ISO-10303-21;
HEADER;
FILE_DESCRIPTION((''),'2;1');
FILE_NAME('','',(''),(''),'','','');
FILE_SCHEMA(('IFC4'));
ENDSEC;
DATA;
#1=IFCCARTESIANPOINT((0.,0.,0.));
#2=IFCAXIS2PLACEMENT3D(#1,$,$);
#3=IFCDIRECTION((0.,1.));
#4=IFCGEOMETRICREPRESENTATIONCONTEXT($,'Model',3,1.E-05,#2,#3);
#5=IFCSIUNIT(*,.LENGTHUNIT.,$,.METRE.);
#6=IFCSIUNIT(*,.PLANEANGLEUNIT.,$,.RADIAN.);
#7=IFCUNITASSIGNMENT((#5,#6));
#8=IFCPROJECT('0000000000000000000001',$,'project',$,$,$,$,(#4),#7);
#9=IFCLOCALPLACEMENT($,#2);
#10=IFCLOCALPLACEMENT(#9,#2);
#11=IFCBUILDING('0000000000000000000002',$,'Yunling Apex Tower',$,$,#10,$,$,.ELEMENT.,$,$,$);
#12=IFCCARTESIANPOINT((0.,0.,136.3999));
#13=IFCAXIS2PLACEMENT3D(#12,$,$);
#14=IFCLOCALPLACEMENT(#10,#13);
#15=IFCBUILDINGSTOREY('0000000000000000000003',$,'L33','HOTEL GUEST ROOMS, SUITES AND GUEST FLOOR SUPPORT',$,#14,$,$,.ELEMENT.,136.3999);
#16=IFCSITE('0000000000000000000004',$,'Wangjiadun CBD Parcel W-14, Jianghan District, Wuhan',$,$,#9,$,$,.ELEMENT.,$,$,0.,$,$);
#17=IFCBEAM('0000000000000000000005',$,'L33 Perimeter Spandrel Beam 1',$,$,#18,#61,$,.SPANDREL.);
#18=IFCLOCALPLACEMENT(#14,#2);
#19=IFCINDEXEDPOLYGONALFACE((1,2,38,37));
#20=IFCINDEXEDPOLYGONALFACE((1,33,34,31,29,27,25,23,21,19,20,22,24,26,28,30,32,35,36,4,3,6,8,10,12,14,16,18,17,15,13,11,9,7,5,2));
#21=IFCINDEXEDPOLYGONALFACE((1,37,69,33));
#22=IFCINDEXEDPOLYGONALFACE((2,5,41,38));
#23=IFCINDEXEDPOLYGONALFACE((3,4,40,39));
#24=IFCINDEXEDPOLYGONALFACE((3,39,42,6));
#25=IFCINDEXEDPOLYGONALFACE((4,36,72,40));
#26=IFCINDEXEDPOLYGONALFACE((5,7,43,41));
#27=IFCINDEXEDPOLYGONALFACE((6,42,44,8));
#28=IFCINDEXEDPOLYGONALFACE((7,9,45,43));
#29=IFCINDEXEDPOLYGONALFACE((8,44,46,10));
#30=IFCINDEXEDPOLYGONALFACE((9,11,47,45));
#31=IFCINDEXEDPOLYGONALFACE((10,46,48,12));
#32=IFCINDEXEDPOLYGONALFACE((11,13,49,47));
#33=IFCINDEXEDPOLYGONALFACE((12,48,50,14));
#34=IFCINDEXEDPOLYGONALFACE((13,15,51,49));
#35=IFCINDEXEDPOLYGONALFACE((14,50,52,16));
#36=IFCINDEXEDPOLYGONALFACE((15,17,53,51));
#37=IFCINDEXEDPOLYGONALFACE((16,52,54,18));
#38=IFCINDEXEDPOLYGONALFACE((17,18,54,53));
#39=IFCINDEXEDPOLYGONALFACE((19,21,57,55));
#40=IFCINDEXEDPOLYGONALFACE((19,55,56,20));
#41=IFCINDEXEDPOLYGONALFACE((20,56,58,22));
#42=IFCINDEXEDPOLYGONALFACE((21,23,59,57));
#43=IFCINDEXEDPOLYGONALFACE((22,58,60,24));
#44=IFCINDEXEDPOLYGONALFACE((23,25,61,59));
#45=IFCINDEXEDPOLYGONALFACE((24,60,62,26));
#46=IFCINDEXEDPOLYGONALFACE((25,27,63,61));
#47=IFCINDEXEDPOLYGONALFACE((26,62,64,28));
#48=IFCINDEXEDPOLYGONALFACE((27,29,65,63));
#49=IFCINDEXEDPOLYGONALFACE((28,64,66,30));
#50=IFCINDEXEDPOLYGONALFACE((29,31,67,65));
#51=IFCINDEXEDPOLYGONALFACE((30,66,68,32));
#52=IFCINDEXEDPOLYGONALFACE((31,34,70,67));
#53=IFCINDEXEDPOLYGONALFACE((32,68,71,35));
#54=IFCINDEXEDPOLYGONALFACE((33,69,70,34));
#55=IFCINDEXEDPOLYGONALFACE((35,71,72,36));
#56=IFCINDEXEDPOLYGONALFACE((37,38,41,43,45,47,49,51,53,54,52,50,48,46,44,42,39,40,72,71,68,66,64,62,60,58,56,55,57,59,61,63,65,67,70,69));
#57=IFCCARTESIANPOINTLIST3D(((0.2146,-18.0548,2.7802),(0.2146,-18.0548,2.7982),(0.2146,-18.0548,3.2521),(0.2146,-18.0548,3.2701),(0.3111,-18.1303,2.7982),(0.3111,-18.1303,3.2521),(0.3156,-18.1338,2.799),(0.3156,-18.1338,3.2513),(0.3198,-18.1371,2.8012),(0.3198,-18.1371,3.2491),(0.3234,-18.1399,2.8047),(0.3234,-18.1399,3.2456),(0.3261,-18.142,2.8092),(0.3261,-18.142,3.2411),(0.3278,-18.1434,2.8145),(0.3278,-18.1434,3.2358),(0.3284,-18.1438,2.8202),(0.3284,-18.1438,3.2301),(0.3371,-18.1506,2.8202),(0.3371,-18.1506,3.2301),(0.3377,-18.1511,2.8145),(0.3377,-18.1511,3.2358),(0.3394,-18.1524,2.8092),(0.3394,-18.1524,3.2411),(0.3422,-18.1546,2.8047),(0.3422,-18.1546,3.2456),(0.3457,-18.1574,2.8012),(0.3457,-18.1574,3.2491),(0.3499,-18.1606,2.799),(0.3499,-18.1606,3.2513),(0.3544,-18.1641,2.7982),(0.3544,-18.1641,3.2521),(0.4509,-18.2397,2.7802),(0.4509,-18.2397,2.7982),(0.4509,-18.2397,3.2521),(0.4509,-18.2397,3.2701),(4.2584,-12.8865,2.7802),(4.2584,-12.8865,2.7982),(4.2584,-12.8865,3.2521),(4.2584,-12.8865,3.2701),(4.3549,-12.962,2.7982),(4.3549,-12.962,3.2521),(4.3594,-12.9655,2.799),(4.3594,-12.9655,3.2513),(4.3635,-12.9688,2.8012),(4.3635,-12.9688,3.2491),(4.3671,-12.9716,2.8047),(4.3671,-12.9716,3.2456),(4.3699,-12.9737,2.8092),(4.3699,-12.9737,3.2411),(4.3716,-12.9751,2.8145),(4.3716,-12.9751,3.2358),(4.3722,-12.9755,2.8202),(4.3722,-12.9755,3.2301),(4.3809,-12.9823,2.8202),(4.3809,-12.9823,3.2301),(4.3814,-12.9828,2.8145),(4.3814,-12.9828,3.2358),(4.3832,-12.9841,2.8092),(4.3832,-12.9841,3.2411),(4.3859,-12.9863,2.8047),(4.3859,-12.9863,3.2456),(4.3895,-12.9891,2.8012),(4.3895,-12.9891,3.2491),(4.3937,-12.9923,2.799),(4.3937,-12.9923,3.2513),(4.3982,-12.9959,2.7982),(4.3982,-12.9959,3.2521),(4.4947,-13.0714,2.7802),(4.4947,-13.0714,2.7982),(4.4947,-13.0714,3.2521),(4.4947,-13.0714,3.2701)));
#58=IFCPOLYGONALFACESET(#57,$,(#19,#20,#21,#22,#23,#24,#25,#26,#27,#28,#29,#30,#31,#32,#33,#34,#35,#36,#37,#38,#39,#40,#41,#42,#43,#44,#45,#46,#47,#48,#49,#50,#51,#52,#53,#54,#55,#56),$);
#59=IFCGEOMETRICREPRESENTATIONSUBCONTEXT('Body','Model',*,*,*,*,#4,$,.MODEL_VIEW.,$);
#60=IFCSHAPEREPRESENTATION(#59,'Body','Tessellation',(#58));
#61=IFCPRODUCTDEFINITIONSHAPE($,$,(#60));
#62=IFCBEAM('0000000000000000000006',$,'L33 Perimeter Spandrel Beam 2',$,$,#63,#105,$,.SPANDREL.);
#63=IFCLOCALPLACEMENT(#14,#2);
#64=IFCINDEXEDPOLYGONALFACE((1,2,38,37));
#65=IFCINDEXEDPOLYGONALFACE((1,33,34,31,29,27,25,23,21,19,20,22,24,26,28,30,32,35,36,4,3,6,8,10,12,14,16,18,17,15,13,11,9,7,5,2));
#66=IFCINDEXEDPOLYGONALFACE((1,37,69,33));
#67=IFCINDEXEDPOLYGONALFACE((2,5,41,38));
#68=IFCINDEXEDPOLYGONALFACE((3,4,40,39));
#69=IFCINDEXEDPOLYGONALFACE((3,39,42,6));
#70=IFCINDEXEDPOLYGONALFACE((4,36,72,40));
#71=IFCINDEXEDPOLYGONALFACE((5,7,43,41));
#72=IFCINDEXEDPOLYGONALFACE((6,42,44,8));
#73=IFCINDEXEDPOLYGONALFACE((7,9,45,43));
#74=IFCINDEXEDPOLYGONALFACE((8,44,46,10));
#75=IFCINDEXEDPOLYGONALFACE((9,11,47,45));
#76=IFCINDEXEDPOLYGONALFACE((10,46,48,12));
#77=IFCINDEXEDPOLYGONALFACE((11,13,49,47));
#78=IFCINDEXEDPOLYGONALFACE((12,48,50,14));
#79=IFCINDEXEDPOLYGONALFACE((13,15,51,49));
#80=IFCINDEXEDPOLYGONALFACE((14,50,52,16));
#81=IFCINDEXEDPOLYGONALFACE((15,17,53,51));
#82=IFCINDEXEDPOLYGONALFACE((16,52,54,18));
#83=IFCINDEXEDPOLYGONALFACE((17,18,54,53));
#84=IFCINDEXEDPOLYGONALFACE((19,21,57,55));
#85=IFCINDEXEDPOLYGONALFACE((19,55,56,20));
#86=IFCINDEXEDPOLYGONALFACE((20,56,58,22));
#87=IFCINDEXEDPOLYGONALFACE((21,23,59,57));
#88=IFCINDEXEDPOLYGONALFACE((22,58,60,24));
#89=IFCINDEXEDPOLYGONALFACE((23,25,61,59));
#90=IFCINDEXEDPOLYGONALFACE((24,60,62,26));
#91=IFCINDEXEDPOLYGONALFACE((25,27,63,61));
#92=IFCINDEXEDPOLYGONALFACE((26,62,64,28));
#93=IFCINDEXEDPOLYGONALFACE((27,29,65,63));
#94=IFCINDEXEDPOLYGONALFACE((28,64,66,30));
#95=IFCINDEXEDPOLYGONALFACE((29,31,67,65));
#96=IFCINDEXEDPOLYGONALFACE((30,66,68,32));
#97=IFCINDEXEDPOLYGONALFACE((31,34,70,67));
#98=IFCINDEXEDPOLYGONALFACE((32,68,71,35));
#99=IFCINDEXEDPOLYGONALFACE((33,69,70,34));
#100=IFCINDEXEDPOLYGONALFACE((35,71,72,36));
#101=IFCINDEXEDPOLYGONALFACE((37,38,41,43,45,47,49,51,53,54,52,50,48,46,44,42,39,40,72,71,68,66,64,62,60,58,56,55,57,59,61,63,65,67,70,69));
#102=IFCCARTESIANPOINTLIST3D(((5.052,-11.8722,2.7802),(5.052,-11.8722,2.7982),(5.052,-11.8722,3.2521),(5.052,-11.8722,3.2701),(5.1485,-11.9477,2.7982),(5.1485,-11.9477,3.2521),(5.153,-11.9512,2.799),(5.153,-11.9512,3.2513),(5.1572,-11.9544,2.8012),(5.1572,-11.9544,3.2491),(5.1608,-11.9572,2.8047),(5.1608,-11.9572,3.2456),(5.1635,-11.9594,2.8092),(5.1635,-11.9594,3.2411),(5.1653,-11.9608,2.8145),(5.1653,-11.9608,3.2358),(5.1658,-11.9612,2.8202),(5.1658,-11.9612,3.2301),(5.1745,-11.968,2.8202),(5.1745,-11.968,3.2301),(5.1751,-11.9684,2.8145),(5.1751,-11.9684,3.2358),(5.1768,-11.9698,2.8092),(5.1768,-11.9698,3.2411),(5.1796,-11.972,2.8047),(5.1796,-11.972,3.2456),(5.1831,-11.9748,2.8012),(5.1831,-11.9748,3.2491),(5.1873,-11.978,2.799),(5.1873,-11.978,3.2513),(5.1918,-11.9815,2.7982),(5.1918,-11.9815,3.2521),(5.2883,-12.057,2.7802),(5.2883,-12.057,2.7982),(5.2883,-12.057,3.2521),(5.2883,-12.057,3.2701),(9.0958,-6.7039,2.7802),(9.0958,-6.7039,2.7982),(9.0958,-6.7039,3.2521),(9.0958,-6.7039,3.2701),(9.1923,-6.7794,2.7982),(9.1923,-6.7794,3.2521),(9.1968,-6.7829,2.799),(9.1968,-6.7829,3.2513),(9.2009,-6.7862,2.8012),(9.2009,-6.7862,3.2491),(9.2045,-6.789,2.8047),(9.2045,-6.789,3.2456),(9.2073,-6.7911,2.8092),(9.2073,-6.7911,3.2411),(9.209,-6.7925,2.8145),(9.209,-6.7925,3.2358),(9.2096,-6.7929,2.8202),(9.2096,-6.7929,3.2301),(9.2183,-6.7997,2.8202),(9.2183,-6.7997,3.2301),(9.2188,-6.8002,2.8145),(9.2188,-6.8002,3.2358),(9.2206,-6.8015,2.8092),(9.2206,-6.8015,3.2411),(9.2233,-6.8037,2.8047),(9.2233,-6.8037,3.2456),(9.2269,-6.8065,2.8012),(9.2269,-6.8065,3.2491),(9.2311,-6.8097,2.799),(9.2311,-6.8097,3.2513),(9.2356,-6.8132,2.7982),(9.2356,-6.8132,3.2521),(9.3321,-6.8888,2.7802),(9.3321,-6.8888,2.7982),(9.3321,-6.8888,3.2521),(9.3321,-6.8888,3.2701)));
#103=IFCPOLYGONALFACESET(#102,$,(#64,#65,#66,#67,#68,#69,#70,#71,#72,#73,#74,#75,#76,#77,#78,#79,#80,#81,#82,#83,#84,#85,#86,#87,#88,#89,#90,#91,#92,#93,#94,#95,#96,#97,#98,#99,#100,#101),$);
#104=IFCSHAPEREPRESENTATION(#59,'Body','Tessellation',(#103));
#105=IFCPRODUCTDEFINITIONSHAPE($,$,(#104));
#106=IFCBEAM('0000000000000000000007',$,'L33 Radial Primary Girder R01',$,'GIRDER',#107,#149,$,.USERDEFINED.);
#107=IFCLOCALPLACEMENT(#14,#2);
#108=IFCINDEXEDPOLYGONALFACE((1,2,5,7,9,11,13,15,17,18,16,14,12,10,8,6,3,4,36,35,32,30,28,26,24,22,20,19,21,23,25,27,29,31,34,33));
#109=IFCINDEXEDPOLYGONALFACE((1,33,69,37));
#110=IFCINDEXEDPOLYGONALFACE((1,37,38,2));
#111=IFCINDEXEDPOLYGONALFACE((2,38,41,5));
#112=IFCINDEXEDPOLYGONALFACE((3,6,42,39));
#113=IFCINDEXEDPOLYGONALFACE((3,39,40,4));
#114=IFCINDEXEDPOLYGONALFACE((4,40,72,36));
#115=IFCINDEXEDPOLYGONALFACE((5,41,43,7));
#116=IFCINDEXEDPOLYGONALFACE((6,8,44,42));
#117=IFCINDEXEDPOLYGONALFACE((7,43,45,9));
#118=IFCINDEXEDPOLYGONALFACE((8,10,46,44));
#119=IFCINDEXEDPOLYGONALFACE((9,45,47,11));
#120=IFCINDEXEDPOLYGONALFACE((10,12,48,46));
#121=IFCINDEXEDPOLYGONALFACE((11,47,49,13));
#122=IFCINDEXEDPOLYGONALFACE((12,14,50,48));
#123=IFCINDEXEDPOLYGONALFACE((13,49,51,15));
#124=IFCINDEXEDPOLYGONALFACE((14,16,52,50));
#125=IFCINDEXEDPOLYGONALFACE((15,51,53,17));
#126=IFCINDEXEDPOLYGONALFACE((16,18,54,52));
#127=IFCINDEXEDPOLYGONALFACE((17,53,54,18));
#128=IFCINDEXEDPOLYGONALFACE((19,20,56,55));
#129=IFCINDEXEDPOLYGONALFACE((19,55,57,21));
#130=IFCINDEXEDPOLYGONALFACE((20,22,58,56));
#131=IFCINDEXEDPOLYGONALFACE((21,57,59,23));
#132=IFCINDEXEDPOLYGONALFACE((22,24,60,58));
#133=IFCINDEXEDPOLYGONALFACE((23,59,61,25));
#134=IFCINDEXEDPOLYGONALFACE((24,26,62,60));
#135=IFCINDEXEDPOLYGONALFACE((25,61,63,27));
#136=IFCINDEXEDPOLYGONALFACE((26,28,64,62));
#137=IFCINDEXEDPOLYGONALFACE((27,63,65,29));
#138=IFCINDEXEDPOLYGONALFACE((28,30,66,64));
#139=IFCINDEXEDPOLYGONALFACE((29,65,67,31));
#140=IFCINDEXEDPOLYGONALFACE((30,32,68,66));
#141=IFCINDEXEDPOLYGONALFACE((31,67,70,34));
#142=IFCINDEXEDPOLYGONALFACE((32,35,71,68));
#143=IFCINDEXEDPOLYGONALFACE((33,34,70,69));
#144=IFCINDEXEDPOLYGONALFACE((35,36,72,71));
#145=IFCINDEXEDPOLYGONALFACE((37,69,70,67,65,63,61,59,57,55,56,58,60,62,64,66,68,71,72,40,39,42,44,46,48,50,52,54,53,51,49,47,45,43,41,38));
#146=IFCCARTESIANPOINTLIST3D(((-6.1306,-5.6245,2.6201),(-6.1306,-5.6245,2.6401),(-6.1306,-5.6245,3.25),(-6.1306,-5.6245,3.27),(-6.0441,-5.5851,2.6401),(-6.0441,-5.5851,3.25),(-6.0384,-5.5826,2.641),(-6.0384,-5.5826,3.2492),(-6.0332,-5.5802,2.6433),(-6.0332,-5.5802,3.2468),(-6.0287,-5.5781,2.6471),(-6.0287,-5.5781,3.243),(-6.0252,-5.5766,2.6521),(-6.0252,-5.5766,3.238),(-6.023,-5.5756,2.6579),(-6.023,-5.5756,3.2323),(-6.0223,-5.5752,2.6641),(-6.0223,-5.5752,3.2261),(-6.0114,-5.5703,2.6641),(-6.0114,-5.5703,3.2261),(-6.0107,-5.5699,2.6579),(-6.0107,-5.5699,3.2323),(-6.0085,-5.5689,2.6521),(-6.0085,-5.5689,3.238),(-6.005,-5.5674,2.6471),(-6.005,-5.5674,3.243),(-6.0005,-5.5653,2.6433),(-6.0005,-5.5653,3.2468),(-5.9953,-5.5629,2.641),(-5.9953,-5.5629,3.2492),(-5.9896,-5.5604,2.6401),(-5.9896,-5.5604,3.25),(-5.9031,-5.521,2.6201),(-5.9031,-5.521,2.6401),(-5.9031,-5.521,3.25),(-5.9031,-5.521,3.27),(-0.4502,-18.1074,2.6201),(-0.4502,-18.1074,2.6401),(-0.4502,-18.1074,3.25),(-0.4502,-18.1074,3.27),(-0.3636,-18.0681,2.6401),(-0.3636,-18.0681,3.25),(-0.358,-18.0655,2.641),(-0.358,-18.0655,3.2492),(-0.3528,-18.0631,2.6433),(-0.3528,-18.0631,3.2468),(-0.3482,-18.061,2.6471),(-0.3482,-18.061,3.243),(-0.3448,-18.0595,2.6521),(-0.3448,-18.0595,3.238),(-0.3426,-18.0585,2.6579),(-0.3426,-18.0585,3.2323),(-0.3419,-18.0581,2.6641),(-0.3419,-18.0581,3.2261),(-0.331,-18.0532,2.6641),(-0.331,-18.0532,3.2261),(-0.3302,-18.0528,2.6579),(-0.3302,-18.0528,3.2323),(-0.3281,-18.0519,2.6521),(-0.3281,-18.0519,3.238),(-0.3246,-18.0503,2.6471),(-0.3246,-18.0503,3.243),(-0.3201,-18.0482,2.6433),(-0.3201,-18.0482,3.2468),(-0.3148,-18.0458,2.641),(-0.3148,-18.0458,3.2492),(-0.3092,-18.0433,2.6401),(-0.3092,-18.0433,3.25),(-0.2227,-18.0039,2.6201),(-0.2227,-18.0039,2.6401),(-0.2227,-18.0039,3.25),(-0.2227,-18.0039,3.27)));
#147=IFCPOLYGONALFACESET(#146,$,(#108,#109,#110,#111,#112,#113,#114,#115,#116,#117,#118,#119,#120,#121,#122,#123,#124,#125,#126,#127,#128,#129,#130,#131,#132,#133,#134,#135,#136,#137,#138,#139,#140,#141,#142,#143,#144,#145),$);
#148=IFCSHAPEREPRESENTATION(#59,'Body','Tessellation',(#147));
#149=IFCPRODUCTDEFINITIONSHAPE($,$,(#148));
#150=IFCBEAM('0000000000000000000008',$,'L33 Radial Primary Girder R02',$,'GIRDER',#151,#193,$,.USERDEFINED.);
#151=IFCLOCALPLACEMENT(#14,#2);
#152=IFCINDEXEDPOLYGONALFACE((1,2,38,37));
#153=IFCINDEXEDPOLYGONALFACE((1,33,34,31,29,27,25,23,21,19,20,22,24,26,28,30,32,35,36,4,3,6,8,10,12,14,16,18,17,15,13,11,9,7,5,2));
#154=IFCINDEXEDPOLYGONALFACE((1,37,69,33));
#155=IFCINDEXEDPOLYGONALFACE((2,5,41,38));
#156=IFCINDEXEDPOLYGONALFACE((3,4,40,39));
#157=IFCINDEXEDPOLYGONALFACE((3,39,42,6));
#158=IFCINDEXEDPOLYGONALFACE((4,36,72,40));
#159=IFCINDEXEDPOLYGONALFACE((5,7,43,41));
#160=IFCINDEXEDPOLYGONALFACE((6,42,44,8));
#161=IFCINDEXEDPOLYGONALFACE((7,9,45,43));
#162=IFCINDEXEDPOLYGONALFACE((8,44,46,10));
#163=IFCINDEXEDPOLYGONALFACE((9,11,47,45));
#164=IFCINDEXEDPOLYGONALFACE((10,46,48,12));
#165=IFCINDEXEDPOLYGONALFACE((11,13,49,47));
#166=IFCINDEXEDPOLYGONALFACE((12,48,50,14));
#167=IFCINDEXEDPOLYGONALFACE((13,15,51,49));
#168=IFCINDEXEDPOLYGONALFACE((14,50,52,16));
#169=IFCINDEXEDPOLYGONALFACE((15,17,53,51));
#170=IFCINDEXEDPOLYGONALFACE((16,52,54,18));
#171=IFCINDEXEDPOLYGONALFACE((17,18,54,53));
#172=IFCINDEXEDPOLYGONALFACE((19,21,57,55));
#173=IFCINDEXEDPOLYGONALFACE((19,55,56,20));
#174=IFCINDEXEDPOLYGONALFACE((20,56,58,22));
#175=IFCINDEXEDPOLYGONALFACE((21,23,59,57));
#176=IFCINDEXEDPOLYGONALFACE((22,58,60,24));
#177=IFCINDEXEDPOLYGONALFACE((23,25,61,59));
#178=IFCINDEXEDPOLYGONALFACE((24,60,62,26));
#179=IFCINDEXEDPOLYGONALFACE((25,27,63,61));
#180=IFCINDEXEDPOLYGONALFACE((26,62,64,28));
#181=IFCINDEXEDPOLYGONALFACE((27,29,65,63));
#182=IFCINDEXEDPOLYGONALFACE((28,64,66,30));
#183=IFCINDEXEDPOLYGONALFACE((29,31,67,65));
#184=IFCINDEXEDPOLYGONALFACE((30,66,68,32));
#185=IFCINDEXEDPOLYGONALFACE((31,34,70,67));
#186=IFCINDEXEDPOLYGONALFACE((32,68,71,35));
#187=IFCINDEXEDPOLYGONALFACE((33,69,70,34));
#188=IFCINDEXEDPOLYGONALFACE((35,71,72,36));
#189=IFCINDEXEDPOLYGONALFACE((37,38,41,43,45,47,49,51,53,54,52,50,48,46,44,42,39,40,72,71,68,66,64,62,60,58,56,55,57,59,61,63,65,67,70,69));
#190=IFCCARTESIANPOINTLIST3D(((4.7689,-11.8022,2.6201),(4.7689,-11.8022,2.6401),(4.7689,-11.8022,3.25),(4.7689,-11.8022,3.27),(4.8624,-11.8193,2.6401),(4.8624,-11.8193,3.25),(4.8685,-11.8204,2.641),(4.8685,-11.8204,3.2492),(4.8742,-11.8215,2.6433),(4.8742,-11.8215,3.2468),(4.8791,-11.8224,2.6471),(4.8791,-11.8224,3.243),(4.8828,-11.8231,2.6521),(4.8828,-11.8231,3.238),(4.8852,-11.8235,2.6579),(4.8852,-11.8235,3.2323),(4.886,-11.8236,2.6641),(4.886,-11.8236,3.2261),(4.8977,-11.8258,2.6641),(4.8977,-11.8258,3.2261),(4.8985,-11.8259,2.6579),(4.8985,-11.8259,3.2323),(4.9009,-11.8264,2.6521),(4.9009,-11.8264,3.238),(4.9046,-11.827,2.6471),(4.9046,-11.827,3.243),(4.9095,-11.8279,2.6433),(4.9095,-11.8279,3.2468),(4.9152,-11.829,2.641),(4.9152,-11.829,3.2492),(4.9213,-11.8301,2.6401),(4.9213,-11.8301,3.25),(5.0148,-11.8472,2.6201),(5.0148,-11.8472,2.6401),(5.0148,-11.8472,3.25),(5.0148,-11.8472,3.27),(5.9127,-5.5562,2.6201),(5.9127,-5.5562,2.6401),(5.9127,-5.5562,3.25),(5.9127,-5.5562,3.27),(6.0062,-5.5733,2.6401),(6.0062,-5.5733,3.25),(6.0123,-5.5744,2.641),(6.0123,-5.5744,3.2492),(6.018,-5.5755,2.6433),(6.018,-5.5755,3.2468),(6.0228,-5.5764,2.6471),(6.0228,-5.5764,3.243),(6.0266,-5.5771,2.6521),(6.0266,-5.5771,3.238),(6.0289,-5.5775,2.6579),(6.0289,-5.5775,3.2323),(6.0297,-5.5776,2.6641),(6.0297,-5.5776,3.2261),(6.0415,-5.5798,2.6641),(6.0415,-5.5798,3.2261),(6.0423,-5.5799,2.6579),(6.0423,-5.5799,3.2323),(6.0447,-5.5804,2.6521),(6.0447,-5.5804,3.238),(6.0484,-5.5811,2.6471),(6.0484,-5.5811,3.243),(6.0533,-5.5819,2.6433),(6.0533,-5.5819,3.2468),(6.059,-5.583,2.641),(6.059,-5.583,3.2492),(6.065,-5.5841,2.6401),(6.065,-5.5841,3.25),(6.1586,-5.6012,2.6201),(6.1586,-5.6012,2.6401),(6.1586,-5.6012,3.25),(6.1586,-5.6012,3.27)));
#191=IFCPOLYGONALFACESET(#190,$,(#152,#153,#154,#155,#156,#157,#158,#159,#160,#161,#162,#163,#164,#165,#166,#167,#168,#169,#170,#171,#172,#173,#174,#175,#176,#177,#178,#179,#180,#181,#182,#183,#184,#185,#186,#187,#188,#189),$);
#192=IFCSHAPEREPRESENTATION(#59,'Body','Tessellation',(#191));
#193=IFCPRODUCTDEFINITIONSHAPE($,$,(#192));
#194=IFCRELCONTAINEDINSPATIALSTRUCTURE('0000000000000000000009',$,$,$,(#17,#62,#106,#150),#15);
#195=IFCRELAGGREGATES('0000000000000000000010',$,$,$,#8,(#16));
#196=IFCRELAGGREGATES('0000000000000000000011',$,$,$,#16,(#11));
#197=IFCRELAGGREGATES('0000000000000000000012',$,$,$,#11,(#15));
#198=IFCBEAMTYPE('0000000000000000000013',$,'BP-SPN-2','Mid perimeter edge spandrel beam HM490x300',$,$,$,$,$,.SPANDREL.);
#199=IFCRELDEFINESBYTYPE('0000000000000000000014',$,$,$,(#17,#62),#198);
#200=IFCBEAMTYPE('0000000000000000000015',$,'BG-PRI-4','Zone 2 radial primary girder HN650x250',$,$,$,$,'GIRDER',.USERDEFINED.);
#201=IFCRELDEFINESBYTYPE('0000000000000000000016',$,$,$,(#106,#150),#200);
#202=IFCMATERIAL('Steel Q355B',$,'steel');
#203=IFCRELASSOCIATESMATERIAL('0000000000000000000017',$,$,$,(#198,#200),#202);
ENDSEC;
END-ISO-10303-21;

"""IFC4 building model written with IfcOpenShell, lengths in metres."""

from ifc_helpers import new_model, si_unit, direction, frame, origin, origin_2d, place, context, subcontext, project, spatial, i_section, extrude, source, transform, mapped, material, material_profile, profile_set, type_object, element, save


model = new_model("IFC4")

# Units and contexts
model_context = context("Model", 3, precision=1e-05, world=origin(), true_north=direction((0.0, 1.0)))
body_context = subcontext(model_context, "Body", "Model", "MODEL_VIEW")
ifc_project = project(units=[si_unit("LENGTHUNIT", "METRE"), si_unit("PLANEANGLEUNIT", "RADIAN")], contexts=[model_context])

# Site, building, storey
site_placement = place(None, origin())
site = spatial("IfcSite", under=ifc_project, at=site_placement, Name="Wangjiadun CBD Parcel W-14, Jianghan District, Wuhan", CompositionType="ELEMENT", RefElevation=0.0)
building_placement = place(site_placement, origin())
building = spatial("IfcBuilding", under=site, at=building_placement, Name="Yunling Apex Tower", CompositionType="ELEMENT")
storey_placement = place(building_placement, frame((0.0, 0.0, 136.3999)))
storey = spatial("IfcBuildingStorey", under=building, at=storey_placement, Name="L33", Description="HOTEL GUEST ROOMS, SUITES AND GUEST FLOOR SUPPORT", CompositionType="ELEMENT", Elevation=136.3999)

# Beams
ifc_material_1 = material(Name="Steel Q355B", Category="steel")
ifc_material_profile_1 = material_profile(ifc_material_1, i_section(OverallWidth=0.3, OverallDepth=0.49, WebThickness=0.011, FlangeThickness=0.0181, FilletRadius=0.022, at=origin_2d()))
ifc_profile_set_1 = profile_set([ifc_material_profile_1], Name="Steel Q355B")
beam_type_1 = type_object("IfcBeamType", Name="BP-SPN-2", Description="Mid perimeter edge spandrel beam HM490x300", PredefinedType="SPANDREL", material=ifc_profile_set_1)
shared_shape_1 = source(origin(), body_context, "Body", "SweptSolid", [
    extrude(i_section(OverallWidth=0.3, OverallDepth=0.49, WebThickness=0.011, FlangeThickness=0.0181, FilletRadius=0.022, at=origin_2d()), origin(), (0.0, 0.0, 1.0), 6.5623),
])
for number, where, z_axis, x_axis, name in (
    (1, (0.3328, -18.1472, 3.0251), (0.616215, 0.787578, 0.0), (-0.787578, 0.616215, 0.0), "L33 Perimeter Spandrel Beam 1"),
    (2, (5.1702, -11.9646, 3.0251), (0.616215, 0.787578, 0.0), (-0.787578, 0.616215, 0.0), "L33 Perimeter Spandrel Beam 2"),
):
    element("IfcBeam", number, at=place(storey_placement, frame(where, z_axis=z_axis, x_axis=x_axis)), inside=storey, type_object=beam_type_1, Name=name, PredefinedType="SPANDREL", context=body_context, shape_type="MappedRepresentation", body=[
        mapped(shared_shape_1, transform((0.0, 0.0, 0.0), scale=1.0)),
    ])
ifc_material_profile_2 = material_profile(ifc_material_1, i_section(OverallWidth=0.25, OverallDepth=0.6499, WebThickness=0.012, FlangeThickness=0.02, FilletRadius=0.0239, at=origin_2d()))
ifc_profile_set_2 = profile_set([ifc_material_profile_2], Name="Steel Q355B")
beam_type_2 = type_object("IfcBeamType", Name="BG-PRI-4", Description="Zone 2 radial primary girder HN650x250", ElementType="GIRDER", PredefinedType="USERDEFINED", material=ifc_profile_set_2)
shared_shape_2 = source(origin(), body_context, "Body", "SweptSolid", [
    extrude(i_section(OverallWidth=0.25, OverallDepth=0.6499, WebThickness=0.012, FlangeThickness=0.02, FilletRadius=0.0239, at=origin_2d()), origin(), (0.0, 0.0, 1.0), 13.7146),
])
beam_1_placement = place(storey_placement, frame((-0.3364, -18.0557, 2.9451), z_axis=(-0.414188, 0.910191, 0.0), x_axis=(-0.910191, -0.414188, 0.0)))
element("IfcBeam", 3, at=beam_1_placement, inside=storey, type_object=beam_type_2, Name="L33 Radial Primary Girder R01", ObjectType="GIRDER", PredefinedType="USERDEFINED", context=body_context, shape_type="MappedRepresentation", body=[
    mapped(shared_shape_2, transform((0.0, 0.0, 0.0), scale=1.0)),
])
shared_shape_3 = source(origin(), body_context, "Body", "SweptSolid", [
    extrude(i_section(OverallWidth=0.25, OverallDepth=0.6499, WebThickness=0.012, FlangeThickness=0.02, FilletRadius=0.0239, at=origin_2d()), origin(), (0.0, 0.0, 1.0), 6.3499),
])
beam_2_placement = place(storey_placement, frame((4.8918, -11.8247, 2.9451), z_axis=(0.180127, 0.983643, 0.0), x_axis=(-0.983643, 0.180127, 0.0)))
element("IfcBeam", 4, at=beam_2_placement, inside=storey, type_object=beam_type_2, Name="L33 Radial Primary Girder R02", ObjectType="GIRDER", PredefinedType="USERDEFINED", context=body_context, shape_type="MappedRepresentation", body=[
    mapped(shared_shape_3, transform((0.0, 0.0, 0.0), scale=1.0)),
])

save(model, "model.ifc")
